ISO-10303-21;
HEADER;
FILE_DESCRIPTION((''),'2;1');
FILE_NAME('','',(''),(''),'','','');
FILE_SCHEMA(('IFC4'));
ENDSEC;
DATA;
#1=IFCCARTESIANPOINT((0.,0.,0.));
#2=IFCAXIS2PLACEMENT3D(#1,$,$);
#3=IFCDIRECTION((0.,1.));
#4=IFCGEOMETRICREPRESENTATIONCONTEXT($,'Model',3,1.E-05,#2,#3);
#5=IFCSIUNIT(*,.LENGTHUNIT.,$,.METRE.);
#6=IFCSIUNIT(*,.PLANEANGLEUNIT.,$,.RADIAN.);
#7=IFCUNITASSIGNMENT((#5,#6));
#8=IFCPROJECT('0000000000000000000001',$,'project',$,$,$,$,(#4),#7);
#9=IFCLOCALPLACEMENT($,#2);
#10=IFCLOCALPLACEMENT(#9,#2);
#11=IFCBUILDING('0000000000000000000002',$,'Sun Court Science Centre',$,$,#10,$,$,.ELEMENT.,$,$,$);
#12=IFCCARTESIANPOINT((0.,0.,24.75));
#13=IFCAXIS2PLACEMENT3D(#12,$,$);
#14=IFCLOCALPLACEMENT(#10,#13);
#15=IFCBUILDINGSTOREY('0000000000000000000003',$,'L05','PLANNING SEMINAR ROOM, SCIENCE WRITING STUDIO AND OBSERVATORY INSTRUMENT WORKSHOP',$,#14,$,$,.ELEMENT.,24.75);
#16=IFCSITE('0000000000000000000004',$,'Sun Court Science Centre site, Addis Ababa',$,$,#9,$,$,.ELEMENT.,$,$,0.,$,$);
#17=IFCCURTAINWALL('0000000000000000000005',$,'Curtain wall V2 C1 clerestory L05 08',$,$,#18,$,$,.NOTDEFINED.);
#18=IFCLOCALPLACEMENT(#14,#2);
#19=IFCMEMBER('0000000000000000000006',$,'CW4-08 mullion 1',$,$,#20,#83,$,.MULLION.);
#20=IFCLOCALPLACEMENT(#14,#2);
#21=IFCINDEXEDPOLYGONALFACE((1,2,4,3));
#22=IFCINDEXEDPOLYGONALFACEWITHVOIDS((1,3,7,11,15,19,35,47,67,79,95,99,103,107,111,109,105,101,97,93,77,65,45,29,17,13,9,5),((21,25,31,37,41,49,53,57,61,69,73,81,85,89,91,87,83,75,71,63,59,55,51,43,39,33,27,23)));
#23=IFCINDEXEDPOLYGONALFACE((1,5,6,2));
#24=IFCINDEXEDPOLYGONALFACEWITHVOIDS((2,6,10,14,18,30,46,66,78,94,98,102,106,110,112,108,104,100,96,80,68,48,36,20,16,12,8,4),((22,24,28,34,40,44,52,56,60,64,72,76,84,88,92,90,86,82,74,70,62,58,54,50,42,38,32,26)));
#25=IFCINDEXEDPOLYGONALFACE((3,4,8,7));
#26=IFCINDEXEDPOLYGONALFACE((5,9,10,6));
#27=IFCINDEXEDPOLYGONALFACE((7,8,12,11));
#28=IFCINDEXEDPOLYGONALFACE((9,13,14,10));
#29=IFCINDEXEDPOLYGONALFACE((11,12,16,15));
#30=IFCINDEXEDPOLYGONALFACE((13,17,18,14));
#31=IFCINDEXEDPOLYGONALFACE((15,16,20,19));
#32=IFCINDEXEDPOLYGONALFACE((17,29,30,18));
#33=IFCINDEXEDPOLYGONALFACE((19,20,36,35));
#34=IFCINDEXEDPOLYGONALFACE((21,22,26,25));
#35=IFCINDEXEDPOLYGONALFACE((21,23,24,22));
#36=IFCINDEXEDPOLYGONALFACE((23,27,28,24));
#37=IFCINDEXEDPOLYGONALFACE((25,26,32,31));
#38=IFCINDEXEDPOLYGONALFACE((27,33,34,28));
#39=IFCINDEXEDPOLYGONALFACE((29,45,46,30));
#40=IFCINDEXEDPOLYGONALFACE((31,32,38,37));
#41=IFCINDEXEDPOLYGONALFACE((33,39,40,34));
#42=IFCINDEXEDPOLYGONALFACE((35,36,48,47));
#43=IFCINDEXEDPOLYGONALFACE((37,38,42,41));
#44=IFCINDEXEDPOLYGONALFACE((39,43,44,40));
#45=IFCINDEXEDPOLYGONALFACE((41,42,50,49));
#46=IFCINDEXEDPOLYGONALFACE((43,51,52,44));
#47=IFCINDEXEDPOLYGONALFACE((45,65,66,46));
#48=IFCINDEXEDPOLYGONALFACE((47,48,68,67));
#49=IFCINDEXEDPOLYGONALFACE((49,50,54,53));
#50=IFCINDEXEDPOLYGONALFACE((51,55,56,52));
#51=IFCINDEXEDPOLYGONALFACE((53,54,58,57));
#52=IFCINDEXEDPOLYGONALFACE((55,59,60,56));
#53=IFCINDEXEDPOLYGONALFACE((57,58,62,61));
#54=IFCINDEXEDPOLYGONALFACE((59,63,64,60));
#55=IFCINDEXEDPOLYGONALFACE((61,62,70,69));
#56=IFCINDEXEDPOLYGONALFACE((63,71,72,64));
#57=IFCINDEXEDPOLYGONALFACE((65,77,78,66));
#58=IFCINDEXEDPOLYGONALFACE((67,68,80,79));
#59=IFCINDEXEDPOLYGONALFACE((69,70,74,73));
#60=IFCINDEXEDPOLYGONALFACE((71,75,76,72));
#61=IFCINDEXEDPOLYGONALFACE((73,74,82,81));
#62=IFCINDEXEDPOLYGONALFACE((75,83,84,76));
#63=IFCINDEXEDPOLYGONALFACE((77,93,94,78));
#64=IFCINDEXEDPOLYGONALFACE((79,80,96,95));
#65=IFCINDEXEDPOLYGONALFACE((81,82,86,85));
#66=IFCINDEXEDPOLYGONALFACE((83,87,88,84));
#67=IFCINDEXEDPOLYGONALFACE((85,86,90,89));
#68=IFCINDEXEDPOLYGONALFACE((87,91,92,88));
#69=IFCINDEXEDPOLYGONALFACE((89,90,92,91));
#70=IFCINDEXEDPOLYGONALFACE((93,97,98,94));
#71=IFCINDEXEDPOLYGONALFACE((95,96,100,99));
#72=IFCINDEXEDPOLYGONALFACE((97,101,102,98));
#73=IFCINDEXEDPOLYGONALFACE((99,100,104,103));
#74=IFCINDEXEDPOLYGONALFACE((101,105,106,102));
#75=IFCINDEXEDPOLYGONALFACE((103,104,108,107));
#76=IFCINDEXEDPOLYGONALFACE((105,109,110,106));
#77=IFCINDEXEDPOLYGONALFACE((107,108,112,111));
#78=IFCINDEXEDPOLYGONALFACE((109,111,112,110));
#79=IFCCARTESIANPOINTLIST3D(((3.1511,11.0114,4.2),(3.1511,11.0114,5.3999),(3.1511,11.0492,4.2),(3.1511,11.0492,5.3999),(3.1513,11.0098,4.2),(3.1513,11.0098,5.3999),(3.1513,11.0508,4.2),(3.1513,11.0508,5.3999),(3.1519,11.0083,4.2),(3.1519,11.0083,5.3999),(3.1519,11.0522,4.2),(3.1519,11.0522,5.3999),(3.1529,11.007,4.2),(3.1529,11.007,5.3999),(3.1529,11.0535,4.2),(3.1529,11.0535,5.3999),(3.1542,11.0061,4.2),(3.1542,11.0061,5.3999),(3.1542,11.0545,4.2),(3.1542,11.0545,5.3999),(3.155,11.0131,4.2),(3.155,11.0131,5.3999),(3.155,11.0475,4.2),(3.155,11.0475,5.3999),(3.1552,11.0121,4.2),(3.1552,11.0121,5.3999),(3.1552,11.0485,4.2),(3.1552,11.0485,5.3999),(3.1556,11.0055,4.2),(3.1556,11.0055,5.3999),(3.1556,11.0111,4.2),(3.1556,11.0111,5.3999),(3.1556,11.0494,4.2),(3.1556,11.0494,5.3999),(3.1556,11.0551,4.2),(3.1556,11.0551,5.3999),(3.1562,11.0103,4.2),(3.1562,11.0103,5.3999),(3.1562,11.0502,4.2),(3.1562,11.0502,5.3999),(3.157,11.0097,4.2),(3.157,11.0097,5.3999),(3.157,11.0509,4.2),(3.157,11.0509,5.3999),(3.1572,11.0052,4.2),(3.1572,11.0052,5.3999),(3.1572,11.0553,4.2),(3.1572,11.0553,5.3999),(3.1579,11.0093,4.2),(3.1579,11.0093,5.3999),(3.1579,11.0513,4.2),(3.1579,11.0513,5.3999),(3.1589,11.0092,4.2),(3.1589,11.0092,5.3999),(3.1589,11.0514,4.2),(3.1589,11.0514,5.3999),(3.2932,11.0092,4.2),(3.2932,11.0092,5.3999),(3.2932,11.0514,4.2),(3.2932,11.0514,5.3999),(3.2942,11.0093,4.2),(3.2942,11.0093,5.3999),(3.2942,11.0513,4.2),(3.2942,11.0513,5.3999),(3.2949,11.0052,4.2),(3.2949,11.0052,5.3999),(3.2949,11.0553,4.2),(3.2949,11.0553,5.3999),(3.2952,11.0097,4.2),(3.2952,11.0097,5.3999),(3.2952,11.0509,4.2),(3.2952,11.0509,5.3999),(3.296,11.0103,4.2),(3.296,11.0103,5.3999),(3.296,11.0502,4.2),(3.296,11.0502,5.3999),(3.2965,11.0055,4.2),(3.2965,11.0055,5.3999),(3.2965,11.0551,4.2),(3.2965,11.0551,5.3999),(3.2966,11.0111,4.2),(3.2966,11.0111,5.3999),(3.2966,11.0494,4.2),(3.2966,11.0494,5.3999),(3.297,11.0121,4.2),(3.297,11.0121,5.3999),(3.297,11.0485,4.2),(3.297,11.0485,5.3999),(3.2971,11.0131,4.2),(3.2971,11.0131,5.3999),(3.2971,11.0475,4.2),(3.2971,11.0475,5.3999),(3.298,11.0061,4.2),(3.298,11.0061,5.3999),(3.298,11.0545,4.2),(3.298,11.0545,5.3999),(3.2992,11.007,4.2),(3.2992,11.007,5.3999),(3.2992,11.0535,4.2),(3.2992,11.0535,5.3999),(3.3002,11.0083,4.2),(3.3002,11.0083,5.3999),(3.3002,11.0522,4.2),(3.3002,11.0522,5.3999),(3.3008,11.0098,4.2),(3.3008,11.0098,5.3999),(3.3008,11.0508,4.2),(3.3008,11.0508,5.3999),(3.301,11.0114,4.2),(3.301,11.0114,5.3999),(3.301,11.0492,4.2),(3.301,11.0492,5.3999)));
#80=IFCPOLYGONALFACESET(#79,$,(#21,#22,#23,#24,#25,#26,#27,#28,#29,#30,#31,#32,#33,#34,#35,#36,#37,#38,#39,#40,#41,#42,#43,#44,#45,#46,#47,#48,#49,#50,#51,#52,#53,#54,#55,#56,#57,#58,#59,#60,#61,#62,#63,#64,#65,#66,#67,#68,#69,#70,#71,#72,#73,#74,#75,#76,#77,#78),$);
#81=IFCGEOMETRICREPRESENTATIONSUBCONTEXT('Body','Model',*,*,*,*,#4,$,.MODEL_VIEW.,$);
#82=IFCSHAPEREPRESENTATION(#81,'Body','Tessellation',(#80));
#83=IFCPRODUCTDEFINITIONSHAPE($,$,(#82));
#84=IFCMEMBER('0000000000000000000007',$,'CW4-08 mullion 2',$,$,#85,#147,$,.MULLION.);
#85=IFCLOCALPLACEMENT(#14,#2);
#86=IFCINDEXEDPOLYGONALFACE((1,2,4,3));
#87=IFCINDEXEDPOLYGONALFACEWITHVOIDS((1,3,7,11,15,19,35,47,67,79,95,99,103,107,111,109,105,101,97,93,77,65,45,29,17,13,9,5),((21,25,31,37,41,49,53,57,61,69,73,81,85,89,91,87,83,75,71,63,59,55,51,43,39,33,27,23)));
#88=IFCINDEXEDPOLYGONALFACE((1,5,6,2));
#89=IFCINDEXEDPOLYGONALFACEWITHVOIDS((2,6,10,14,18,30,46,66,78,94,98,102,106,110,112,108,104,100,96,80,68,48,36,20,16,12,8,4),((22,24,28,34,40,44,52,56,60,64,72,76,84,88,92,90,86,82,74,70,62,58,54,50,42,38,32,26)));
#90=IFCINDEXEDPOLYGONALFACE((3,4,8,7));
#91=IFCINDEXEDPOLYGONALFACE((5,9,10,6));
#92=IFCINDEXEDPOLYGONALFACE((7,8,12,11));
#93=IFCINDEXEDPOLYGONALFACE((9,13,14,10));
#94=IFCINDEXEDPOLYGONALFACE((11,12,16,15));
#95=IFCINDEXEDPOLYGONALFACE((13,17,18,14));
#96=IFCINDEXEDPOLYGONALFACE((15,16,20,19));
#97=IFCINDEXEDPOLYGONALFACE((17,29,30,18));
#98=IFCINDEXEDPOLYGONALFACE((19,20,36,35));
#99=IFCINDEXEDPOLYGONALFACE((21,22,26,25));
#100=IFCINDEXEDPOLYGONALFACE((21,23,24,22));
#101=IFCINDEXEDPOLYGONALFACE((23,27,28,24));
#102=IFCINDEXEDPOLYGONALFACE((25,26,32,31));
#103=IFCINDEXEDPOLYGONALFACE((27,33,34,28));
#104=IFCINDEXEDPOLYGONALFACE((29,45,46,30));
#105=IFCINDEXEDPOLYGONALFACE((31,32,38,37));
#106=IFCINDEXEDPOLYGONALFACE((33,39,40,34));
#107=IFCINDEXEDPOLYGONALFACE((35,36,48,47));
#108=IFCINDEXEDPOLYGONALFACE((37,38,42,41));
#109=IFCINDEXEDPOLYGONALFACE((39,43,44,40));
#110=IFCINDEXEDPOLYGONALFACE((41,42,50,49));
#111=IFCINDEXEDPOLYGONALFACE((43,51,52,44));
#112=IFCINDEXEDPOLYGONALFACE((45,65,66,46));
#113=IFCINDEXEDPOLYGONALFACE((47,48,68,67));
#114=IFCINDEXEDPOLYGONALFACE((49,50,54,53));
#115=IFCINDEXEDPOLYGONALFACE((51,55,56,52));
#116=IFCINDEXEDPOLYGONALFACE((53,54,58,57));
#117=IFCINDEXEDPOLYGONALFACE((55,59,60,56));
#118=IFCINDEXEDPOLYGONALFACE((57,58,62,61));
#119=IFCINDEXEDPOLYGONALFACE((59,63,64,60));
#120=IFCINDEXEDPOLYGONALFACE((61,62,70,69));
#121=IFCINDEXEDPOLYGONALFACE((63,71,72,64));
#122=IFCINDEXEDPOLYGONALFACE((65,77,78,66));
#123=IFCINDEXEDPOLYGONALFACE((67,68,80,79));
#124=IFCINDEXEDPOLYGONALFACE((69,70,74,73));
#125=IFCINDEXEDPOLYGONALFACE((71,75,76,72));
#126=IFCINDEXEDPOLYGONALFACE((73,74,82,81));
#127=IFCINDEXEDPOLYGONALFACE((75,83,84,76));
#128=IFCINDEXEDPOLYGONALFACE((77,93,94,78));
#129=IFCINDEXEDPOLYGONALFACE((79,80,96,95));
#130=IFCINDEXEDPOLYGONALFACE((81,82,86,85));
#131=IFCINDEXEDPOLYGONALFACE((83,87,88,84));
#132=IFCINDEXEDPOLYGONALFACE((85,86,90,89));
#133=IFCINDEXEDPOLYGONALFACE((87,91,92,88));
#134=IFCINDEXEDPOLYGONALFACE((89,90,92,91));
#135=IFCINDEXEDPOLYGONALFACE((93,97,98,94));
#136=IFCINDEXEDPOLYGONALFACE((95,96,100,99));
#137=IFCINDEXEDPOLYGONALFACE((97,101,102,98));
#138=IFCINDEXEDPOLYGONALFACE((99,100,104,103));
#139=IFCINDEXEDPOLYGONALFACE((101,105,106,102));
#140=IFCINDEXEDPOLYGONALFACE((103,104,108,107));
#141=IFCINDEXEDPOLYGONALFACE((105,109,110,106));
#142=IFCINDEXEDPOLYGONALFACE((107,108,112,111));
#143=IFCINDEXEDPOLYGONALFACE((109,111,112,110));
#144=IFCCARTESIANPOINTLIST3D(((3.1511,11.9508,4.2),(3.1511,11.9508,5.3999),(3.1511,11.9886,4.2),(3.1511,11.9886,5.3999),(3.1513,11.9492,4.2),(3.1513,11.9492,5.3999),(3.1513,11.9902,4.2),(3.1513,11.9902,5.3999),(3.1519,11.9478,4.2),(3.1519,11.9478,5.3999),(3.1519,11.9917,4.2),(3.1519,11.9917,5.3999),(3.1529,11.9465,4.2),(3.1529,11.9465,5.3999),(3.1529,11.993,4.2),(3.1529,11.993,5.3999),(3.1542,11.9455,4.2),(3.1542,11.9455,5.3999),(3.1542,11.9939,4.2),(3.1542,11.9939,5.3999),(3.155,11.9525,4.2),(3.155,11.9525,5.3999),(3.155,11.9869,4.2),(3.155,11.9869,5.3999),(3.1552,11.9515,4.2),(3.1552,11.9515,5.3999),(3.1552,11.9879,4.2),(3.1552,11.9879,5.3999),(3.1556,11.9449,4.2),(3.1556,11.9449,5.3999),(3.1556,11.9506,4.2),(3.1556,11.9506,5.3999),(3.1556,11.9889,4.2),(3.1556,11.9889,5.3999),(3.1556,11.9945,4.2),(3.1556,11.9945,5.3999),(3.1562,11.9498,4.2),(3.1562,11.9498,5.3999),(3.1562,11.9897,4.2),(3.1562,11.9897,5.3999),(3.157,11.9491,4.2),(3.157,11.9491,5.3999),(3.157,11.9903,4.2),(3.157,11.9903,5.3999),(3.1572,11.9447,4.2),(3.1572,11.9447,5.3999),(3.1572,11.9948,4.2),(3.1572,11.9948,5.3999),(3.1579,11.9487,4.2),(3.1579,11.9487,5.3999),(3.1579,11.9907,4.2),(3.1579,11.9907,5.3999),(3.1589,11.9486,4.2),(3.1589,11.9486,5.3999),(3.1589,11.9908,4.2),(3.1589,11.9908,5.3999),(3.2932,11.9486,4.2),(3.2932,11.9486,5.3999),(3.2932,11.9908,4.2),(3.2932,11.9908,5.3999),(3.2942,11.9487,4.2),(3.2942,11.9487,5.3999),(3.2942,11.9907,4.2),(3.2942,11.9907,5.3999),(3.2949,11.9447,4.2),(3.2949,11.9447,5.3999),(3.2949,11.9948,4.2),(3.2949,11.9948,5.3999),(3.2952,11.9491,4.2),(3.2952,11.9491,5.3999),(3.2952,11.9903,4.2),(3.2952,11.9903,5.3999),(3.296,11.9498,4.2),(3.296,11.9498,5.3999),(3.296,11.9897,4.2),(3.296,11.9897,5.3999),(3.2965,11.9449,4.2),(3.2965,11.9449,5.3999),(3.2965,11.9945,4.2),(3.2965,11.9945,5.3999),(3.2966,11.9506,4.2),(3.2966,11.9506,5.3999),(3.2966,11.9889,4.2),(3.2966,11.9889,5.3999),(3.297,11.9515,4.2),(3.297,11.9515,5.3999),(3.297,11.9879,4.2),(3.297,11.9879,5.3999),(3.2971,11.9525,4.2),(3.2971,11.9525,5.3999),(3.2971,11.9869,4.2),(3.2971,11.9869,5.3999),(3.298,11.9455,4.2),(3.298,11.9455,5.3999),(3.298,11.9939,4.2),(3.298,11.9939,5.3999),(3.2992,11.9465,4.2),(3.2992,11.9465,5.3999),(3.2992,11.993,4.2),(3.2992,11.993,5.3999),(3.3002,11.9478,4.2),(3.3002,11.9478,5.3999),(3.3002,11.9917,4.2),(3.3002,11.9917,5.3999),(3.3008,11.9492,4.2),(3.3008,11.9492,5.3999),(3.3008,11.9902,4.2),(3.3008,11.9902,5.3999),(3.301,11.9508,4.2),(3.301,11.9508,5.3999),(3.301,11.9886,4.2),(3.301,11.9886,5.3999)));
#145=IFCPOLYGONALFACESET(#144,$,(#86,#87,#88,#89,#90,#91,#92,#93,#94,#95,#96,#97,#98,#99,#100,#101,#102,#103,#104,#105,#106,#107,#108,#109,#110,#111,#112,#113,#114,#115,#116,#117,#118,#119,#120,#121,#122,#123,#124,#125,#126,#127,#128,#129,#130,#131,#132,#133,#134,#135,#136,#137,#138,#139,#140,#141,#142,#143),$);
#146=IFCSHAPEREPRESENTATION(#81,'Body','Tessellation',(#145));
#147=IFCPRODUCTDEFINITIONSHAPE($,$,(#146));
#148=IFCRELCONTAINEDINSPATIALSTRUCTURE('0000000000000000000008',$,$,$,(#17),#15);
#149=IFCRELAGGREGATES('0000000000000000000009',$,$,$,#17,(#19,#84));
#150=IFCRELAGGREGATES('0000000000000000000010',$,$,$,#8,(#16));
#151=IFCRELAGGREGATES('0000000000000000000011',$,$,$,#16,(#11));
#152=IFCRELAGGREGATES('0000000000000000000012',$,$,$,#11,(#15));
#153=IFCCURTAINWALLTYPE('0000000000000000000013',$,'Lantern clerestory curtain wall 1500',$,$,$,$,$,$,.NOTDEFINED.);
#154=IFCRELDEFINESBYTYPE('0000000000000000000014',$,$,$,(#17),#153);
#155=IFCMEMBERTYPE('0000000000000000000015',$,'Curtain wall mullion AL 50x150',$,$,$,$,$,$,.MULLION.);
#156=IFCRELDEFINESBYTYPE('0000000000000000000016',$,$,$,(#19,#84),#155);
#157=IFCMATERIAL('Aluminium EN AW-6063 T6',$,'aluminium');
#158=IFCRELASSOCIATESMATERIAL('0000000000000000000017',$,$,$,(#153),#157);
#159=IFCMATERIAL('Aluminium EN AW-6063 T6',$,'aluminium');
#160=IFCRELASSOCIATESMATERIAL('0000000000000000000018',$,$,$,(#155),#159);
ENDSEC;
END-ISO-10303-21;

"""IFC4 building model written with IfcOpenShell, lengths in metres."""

from ifc_helpers import new_model, si_unit, direction, frame, origin, origin_2d, place, context, subcontext, project, spatial, hollow_rectangle, extrude, material, material_profile, profile_set, type_object, element, aggregate, save


model = new_model("IFC4")

# Units and contexts
model_context = context("Model", 3, precision=1e-05, world=origin(), true_north=direction((0.0, 1.0)))
body_context = subcontext(model_context, "Body", "Model", "MODEL_VIEW")
ifc_project = project(units=[si_unit("LENGTHUNIT", "METRE"), si_unit("PLANEANGLEUNIT", "RADIAN")], contexts=[model_context])

# Site, building, storey
site_placement = place(None, origin())
site = spatial("IfcSite", under=ifc_project, at=site_placement, Name="Sun Court Science Centre site, Addis Ababa", CompositionType="ELEMENT", RefElevation=0.0)
building_placement = place(site_placement, origin())
building = spatial("IfcBuilding", under=site, at=building_placement, Name="Sun Court Science Centre", CompositionType="ELEMENT")
storey_placement = place(building_placement, frame((0.0, 0.0, 24.75)))
storey = spatial("IfcBuildingStorey", under=building, at=storey_placement, Name="L05", Description="PLANNING SEMINAR ROOM, SCIENCE WRITING STUDIO AND OBSERVATORY INSTRUMENT WORKSHOP", CompositionType="ELEMENT", Elevation=24.75)

# Curtain wall, members
ifc_material_1 = material(Name="Aluminium EN AW-6063 T6", Category="aluminium")
curtain_wall_type = type_object("IfcCurtainWallType", Name="Lantern clerestory curtain wall 1500", PredefinedType="NOTDEFINED", material=ifc_material_1)
ifc_material_2 = material(Name="Aluminium EN AW-6063 T6", Category="aluminium")
ifc_material_profile_1 = material_profile(ifc_material_2, hollow_rectangle(XDim=0.05, YDim=0.1499, WallThickness=0.0039, InnerFilletRadius=0.0039, OuterFilletRadius=0.0061, at=origin_2d()), Name="AL 50x150x4")
ifc_profile_set_1 = profile_set([ifc_material_profile_1], Name="Aluminium EN AW-6063 T6")
member_type_1 = type_object("IfcMemberType", Name="Curtain wall mullion AL 50x150", PredefinedType="MULLION", material=ifc_profile_set_1)
curtain_wall_1_placement = place(storey_placement, origin())
curtain_wall_1 = element("IfcCurtainWall", 1, at=curtain_wall_1_placement, inside=storey, type_object=curtain_wall_type, Name="Curtain wall V2 C1 clerestory L05 08", PredefinedType="NOTDEFINED")
member_1_placement = place(storey_placement, frame((3.2261, 11.0303, 4.2), z_axis=(0.0, 0.0, 1.0), x_axis=(0.0, 1.0, 0.0)))
member_1 = element("IfcMember", 2, at=member_1_placement, type_object=member_type_1, Name="CW4-08 mullion 1", PredefinedType="MULLION", context=body_context, shape_type="SweptSolid", body=[
    extrude(hollow_rectangle(XDim=0.05, YDim=0.1499, WallThickness=0.0039, InnerFilletRadius=0.0039, OuterFilletRadius=0.0061, at=origin_2d()), origin(), (0.0, 0.0, 1.0), 1.2),
])
member_2_placement = place(storey_placement, frame((3.2261, 11.9697, 4.2), z_axis=(0.0, 0.0, 1.0), x_axis=(0.0, 1.0, 0.0)))
member_2 = element("IfcMember", 3, at=member_2_placement, type_object=member_type_1, Name="CW4-08 mullion 2", PredefinedType="MULLION", context=body_context, shape_type="SweptSolid", body=[
    extrude(hollow_rectangle(XDim=0.05, YDim=0.1499, WallThickness=0.0039, InnerFilletRadius=0.0039, OuterFilletRadius=0.0061, at=origin_2d()), origin(), (0.0, 0.0, 1.0), 1.2),
])
aggregate(curtain_wall_1, [member_1, member_2])

save(model, "model.ifc")
